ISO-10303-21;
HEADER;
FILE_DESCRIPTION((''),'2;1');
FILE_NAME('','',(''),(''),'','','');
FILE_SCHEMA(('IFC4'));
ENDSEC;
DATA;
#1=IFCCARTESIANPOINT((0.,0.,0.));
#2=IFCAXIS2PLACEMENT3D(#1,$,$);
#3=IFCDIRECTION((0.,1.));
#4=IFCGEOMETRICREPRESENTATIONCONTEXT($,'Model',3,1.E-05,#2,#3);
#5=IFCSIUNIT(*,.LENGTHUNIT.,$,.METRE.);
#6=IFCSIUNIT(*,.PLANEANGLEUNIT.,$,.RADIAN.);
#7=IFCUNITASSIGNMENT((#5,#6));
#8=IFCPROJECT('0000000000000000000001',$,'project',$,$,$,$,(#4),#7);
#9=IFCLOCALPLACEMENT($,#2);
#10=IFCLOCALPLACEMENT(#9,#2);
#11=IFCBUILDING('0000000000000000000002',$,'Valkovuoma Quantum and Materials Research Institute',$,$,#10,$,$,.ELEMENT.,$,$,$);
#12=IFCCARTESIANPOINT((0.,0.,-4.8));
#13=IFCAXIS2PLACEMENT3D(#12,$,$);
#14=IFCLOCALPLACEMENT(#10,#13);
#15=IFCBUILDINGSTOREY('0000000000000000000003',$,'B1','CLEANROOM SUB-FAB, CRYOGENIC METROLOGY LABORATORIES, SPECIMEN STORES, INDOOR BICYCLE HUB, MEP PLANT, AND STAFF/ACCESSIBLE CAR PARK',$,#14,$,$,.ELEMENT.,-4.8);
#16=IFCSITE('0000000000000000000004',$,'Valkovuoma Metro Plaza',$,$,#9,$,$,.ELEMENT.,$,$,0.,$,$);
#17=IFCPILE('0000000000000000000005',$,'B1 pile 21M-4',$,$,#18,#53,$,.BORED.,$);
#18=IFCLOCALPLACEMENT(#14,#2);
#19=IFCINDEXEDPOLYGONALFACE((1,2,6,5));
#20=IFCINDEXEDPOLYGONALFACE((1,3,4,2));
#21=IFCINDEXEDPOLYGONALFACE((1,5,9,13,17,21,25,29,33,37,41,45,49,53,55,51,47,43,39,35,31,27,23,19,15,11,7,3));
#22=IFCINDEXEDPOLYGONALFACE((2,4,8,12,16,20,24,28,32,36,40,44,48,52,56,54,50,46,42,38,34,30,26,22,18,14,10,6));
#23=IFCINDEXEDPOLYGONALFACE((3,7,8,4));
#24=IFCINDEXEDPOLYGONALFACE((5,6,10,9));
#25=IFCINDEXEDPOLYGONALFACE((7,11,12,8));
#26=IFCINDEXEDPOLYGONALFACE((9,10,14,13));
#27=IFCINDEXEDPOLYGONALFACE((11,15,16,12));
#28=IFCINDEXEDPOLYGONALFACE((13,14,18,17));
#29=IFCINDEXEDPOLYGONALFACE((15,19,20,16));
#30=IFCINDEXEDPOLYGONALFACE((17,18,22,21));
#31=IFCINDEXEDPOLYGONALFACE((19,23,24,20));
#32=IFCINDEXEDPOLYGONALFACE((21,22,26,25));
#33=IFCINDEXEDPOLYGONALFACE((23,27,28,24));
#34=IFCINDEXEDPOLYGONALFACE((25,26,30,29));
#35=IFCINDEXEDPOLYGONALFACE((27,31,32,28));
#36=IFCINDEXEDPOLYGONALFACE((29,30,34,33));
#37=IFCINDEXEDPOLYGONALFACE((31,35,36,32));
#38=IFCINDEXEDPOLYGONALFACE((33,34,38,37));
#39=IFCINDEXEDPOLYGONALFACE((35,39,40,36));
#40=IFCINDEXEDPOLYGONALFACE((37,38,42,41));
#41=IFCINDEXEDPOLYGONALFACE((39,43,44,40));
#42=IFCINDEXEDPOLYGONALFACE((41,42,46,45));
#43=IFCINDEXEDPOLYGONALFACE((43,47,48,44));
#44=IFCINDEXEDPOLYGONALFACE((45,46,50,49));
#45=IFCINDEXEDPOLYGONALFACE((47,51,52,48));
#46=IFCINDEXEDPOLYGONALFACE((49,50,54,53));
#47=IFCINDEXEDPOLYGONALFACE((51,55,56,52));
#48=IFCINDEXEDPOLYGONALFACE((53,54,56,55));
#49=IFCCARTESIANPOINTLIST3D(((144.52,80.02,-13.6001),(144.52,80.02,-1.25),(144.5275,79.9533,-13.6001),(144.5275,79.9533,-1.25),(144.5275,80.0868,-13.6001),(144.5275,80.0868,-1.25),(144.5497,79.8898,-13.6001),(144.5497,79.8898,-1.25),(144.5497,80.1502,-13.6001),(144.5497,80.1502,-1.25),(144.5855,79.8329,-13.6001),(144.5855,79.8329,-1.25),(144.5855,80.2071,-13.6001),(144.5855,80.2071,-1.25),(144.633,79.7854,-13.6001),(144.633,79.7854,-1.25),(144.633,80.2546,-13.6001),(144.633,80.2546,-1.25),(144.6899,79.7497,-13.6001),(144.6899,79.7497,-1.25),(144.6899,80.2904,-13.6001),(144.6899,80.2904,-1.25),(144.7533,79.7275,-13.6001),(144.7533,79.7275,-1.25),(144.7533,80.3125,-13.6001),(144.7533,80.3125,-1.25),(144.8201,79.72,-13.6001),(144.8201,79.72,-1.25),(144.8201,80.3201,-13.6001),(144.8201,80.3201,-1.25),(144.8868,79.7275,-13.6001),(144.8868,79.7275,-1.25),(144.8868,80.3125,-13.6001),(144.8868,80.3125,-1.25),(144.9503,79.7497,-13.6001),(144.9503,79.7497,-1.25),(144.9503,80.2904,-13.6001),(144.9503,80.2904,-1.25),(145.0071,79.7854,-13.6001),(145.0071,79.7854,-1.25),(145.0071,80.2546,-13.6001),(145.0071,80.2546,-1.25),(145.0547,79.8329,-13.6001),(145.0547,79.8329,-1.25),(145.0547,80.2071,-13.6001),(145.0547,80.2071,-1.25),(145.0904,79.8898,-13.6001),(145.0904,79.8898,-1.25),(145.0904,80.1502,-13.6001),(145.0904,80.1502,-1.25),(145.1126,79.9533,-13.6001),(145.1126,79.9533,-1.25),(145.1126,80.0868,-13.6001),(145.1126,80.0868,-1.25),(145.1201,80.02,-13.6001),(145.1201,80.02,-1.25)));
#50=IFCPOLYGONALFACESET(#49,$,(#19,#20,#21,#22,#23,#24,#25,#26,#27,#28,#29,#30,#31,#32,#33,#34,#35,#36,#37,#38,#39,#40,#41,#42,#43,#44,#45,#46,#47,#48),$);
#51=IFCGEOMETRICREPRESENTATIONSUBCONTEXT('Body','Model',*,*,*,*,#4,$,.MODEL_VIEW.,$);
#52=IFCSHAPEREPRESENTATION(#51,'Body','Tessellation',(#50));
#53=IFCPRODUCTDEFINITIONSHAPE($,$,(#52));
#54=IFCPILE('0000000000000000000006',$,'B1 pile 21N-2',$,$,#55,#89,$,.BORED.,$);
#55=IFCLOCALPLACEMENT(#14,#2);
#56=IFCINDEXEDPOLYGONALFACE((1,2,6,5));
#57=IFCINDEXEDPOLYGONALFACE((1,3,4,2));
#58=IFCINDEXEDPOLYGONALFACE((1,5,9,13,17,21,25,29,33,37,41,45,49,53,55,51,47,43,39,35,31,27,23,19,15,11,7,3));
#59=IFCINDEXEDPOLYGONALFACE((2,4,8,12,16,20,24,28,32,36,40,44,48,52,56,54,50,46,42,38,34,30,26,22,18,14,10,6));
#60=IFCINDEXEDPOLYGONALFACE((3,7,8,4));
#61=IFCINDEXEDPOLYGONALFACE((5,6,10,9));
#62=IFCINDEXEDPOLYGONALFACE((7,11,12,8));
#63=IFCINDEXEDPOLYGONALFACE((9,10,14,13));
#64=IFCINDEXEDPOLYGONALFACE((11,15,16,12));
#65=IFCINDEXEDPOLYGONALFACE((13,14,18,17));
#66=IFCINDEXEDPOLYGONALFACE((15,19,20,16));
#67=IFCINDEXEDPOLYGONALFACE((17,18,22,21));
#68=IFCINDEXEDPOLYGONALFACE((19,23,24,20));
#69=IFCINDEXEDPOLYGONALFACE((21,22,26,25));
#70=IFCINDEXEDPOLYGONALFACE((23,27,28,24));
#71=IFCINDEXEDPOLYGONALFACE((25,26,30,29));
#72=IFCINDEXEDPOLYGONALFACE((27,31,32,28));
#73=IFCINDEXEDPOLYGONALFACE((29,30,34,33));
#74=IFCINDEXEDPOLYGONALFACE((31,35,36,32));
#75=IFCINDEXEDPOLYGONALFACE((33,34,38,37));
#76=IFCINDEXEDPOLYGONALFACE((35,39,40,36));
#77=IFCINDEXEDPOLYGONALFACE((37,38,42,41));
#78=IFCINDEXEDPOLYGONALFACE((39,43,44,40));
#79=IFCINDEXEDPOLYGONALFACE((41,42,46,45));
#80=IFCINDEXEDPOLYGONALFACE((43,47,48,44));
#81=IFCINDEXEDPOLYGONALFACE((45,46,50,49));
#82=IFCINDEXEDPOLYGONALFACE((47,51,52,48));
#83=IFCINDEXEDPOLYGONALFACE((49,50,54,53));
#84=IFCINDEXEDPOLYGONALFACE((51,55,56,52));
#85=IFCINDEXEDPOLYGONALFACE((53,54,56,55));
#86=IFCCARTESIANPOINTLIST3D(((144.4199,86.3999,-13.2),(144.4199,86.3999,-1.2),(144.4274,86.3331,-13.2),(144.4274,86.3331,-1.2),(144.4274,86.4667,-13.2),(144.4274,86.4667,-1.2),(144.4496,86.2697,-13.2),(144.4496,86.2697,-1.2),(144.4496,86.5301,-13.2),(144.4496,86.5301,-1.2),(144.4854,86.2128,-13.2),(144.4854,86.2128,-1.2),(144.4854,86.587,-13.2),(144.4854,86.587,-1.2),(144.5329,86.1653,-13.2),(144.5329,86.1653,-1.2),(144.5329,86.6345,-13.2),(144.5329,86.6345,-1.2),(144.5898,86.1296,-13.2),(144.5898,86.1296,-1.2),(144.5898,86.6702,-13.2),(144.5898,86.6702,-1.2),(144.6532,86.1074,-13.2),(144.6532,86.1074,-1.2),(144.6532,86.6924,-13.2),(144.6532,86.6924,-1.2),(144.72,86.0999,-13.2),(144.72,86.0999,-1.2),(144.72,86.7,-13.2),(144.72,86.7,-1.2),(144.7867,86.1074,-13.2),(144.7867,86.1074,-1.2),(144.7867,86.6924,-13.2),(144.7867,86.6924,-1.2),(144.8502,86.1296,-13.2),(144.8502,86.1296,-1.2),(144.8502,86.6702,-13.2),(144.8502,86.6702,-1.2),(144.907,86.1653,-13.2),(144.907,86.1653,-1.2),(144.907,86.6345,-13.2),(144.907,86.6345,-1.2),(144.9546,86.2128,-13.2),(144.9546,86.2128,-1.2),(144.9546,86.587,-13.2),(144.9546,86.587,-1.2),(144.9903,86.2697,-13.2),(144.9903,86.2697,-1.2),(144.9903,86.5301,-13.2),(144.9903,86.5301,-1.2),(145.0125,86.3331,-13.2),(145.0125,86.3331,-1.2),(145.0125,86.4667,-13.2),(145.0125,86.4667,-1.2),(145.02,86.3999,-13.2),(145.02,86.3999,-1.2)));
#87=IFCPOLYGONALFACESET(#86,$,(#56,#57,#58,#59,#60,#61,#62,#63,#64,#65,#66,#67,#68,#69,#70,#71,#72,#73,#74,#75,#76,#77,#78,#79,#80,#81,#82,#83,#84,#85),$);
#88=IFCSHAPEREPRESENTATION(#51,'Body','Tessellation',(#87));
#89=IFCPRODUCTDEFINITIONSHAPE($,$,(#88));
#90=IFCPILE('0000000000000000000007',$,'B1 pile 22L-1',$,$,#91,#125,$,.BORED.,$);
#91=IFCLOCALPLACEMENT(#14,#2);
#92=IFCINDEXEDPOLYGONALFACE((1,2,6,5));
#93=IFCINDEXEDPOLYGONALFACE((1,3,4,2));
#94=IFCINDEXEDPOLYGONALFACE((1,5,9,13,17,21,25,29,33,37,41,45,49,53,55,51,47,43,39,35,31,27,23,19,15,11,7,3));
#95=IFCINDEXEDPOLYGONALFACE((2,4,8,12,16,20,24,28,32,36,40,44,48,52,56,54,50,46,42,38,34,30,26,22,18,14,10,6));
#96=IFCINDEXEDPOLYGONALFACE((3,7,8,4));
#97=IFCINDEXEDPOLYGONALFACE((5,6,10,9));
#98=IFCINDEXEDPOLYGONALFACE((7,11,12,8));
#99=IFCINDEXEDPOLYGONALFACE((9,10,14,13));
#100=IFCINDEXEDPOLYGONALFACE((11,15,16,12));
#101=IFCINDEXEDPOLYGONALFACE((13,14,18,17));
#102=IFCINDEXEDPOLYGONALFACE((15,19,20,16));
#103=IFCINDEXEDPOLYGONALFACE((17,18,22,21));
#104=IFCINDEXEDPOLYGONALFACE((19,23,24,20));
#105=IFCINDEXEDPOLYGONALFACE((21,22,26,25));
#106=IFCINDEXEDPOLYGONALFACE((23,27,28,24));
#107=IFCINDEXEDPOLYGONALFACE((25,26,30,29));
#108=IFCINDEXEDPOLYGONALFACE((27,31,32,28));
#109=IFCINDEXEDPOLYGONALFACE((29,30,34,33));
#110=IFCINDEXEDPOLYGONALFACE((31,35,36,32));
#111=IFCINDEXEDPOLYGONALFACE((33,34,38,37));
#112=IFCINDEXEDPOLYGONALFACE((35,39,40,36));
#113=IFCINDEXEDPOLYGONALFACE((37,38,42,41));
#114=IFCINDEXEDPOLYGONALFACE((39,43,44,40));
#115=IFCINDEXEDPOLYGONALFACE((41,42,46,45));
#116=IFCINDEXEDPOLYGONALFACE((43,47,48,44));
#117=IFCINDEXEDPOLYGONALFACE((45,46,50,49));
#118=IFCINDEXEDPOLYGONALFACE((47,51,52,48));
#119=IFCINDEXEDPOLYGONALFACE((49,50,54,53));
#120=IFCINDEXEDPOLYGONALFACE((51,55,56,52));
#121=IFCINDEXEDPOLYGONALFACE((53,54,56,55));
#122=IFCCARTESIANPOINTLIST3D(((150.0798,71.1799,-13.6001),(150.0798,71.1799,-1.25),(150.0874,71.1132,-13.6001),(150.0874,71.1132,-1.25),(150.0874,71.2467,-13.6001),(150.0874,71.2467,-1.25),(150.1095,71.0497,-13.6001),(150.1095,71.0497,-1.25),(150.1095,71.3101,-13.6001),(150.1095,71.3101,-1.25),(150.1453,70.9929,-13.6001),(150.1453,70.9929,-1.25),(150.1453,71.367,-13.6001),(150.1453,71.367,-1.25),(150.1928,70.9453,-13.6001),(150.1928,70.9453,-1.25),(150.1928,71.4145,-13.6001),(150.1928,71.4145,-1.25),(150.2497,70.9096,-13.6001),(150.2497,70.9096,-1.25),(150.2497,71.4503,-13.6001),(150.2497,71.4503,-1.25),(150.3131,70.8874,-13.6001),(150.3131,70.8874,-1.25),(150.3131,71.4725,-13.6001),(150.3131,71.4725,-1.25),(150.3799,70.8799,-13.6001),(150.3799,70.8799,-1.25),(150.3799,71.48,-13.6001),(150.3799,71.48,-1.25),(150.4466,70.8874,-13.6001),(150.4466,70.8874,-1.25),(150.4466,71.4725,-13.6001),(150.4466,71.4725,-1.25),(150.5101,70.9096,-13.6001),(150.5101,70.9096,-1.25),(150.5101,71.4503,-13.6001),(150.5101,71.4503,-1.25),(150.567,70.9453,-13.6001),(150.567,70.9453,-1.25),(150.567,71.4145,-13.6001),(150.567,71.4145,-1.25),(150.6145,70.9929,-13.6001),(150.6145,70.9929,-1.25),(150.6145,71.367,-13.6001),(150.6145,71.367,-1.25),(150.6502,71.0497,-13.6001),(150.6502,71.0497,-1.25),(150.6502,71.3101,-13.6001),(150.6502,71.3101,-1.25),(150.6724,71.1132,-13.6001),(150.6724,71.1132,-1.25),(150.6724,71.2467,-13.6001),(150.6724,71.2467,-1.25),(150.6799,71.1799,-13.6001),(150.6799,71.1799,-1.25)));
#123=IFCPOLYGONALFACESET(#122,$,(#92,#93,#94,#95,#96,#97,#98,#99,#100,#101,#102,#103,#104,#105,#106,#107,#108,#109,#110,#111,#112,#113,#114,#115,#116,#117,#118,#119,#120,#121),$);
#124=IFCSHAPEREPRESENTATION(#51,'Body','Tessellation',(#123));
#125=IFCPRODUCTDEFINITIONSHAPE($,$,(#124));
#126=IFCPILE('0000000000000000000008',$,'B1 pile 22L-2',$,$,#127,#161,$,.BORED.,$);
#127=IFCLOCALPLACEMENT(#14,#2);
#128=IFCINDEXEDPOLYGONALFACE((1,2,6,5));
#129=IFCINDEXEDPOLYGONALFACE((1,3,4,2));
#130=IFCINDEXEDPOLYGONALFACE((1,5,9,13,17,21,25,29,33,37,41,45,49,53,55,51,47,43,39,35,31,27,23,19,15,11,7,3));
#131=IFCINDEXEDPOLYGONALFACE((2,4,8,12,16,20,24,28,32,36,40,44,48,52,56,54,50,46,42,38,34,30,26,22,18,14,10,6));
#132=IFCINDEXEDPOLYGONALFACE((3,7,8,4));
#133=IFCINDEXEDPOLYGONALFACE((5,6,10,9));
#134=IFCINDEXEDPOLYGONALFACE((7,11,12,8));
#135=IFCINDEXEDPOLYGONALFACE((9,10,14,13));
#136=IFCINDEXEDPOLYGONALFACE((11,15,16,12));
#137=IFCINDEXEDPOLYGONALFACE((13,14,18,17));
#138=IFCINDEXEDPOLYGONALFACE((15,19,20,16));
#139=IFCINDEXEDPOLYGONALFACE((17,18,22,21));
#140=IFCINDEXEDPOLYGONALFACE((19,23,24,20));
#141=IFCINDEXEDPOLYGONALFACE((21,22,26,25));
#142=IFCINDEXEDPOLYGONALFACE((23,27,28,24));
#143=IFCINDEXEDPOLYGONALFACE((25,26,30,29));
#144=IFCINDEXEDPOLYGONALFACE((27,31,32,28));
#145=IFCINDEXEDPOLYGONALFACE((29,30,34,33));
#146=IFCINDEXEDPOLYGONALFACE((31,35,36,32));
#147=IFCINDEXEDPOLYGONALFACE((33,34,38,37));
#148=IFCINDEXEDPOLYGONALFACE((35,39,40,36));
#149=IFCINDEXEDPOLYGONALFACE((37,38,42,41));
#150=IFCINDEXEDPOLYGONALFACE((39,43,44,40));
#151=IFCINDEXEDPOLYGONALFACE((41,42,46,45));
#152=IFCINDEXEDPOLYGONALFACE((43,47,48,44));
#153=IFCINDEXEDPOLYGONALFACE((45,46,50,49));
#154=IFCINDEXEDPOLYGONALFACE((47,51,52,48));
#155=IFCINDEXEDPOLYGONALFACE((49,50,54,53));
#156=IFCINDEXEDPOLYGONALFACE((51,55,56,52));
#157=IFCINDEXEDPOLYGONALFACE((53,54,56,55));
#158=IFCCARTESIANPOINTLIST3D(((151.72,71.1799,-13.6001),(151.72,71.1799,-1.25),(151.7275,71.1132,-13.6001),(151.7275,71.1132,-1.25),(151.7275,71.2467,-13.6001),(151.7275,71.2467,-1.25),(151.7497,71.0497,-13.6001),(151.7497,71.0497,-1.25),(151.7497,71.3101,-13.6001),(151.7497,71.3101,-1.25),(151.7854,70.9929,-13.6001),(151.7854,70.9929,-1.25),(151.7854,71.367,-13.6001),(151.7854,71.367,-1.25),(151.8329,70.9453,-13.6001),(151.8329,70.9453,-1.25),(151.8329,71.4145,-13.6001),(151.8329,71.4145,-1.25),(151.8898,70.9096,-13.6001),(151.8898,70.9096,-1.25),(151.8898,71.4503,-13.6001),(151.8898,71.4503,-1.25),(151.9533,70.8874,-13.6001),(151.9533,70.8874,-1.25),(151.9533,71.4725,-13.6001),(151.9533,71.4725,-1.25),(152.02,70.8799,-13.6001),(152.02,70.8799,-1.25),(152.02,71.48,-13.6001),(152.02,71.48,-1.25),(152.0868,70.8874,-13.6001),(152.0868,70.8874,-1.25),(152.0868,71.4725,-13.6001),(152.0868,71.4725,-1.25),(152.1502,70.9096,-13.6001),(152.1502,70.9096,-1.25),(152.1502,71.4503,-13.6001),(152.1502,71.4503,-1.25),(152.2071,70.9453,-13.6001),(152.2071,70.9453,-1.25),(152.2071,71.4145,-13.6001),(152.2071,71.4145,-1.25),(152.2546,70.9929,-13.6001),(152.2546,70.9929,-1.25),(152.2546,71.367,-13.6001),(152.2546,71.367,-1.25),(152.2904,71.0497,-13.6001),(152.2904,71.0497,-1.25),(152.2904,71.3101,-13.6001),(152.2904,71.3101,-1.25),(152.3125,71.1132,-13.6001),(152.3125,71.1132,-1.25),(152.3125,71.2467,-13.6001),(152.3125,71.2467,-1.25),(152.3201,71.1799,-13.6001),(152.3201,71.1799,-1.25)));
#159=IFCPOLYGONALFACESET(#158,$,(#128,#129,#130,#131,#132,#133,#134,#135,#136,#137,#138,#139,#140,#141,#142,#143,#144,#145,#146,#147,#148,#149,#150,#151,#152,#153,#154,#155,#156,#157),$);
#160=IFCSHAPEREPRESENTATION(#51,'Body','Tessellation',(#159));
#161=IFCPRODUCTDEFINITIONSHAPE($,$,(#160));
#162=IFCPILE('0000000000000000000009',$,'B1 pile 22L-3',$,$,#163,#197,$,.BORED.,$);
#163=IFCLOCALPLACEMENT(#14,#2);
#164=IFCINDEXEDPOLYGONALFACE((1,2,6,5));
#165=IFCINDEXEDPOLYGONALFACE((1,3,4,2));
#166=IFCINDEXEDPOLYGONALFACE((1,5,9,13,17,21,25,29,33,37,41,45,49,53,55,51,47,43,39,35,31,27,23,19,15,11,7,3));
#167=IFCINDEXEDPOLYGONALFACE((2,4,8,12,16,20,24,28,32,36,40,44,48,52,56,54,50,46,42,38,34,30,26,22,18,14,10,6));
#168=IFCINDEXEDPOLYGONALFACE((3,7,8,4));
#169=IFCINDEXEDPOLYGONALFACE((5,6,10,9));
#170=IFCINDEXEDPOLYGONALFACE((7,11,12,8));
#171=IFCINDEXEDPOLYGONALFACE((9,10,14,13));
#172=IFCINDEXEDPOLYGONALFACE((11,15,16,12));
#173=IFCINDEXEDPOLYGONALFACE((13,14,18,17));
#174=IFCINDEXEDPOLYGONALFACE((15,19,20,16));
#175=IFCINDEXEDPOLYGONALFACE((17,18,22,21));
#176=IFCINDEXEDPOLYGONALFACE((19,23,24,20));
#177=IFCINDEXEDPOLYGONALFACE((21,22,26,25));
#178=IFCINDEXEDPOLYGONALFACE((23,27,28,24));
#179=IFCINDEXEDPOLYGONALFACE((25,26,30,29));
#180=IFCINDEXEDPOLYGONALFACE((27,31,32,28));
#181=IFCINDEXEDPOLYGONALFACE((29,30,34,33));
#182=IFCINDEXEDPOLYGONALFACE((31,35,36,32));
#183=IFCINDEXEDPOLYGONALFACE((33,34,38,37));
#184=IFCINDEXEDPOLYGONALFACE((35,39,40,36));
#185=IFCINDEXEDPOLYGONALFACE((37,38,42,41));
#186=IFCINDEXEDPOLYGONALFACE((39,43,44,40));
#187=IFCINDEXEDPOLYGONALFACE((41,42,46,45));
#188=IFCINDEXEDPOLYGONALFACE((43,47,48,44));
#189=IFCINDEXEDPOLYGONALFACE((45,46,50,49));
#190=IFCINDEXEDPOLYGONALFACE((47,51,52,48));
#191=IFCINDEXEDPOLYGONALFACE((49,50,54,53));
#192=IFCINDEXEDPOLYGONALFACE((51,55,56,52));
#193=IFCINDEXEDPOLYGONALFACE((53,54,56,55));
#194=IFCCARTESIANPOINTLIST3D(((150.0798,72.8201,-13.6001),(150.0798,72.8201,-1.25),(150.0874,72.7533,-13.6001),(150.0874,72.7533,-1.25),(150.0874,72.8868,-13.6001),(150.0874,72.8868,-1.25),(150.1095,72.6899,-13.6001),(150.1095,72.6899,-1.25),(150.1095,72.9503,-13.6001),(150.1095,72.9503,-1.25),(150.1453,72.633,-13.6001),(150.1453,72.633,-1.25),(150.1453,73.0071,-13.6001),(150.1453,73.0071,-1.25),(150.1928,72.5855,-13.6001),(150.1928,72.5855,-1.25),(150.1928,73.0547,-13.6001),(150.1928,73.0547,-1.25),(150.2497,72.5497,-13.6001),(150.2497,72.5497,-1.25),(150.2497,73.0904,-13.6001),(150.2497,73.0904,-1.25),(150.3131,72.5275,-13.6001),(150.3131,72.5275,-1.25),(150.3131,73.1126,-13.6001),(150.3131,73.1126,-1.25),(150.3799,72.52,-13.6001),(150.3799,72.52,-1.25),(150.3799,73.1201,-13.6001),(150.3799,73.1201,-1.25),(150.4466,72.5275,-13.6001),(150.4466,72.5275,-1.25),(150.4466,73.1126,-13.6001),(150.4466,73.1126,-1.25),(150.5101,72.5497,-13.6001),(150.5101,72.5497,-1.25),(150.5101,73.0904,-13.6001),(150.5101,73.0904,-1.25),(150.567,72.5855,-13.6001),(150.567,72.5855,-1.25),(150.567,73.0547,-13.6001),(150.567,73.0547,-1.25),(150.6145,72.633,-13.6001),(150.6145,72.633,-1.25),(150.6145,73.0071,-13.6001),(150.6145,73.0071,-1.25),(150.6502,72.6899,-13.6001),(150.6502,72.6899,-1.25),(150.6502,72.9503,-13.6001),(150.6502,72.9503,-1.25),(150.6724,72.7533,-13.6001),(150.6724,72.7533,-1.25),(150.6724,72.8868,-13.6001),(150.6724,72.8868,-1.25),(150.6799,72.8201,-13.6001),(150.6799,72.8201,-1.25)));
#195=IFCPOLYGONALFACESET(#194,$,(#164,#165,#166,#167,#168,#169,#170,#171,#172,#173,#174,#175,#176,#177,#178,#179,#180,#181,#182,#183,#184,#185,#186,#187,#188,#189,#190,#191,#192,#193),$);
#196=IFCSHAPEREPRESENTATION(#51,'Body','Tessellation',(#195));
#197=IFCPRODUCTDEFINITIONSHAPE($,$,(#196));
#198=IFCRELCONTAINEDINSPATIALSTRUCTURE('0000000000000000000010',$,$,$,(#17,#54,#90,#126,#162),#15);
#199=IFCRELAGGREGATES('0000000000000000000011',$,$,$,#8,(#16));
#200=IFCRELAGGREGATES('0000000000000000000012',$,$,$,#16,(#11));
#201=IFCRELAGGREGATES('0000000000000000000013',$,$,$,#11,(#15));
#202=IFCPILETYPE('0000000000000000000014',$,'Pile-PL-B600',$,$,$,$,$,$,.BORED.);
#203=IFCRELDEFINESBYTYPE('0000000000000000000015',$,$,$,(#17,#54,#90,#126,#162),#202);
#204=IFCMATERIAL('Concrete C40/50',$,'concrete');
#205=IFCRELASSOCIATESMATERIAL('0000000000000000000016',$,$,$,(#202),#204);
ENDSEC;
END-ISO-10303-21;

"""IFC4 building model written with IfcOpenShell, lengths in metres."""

from ifc_helpers import new_model, si_unit, direction, frame, origin, origin_2d, place, context, subcontext, project, spatial, circle, extrude, material, material_profile, profile_set, type_object, element, save


model = new_model("IFC4")

# Units and contexts
model_context = context("Model", 3, precision=1e-05, world=origin(), true_north=direction((0.0, 1.0)))
body_context = subcontext(model_context, "Body", "Model", "MODEL_VIEW")
ifc_project = project(units=[si_unit("LENGTHUNIT", "METRE"), si_unit("PLANEANGLEUNIT", "RADIAN")], contexts=[model_context])

# Site, building, storey
site_placement = place(None, origin())
site = spatial("IfcSite", under=ifc_project, at=site_placement, Name="Valkovuoma Metro Plaza", CompositionType="ELEMENT", RefElevation=0.0)
building_placement = place(site_placement, origin())
building = spatial("IfcBuilding", under=site, at=building_placement, Name="Valkovuoma Quantum and Materials Research Institute", CompositionType="ELEMENT")
storey_placement = place(building_placement, frame((0.0, 0.0, -4.8)))
storey = spatial("IfcBuildingStorey", under=building, at=storey_placement, Name="B1", Description="CLEANROOM SUB-FAB, CRYOGENIC METROLOGY LABORATORIES, SPECIMEN STORES, INDOOR BICYCLE HUB, MEP PLANT, AND STAFF/ACCESSIBLE CAR PARK", CompositionType="ELEMENT", Elevation=-4.8)

# Piles
ifc_material_1 = material(Name="Concrete C40/50", Category="concrete")
ifc_material_profile_1 = material_profile(ifc_material_1, circle(Radius=0.3, at=origin_2d()), Name="Concrete C40/50")
ifc_profile_set_1 = profile_set([ifc_material_profile_1], Name="Concrete C40/50")
pile_type_1 = type_object("IfcPileType", Name="Pile-PL-B600", PredefinedType="BORED", material=ifc_profile_set_1)
for number, where, z_axis, x_axis, name in (
    (1, (144.8201, 80.02, -1.25), (0.0, 0.0, -1.0), (1.0, 0.0, 0.0), "B1 pile 21M-4"),
):
    element("IfcPile", number, at=place(storey_placement, frame(where, z_axis=z_axis, x_axis=x_axis)), inside=storey, type_object=pile_type_1, Name=name, PredefinedType="BORED", context=body_context, shape_type="SweptSolid", body=[
        extrude(circle(Radius=0.3, at=origin_2d()), origin(), (0.0, 0.0, 1.0), 12.3501),
    ])
pile_1_placement = place(storey_placement, frame((144.72, 86.3999, -1.2), z_axis=(0.0, 0.0, -1.0), x_axis=(1.0, 0.0, 0.0)))
element("IfcPile", 2, at=pile_1_placement, inside=storey, type_object=pile_type_1, Name="B1 pile 21N-2", PredefinedType="BORED", context=body_context, shape_type="SweptSolid", body=[
    extrude(circle(Radius=0.3, at=origin_2d()), origin(), (0.0, 0.0, 1.0), 12.0),
])
for number, where, z_axis, x_axis, name in (
    (3, (150.3799, 71.1799, -1.25), (0.0, 0.0, -1.0), (1.0, 0.0, 0.0), "B1 pile 22L-1"),
    (4, (152.02, 71.1799, -1.25), (0.0, 0.0, -1.0), (1.0, 0.0, 0.0), "B1 pile 22L-2"),
    (5, (150.3799, 72.8201, -1.25), (0.0, 0.0, -1.0), (1.0, 0.0, 0.0), "B1 pile 22L-3"),
):
    element("IfcPile", number, at=place(storey_placement, frame(where, z_axis=z_axis, x_axis=x_axis)), inside=storey, type_object=pile_type_1, Name=name, PredefinedType="BORED", context=body_context, shape_type="SweptSolid", body=[
        extrude(circle(Radius=0.3, at=origin_2d()), origin(), (0.0, 0.0, 1.0), 12.3501),
    ])

save(model, "model.ifc")
